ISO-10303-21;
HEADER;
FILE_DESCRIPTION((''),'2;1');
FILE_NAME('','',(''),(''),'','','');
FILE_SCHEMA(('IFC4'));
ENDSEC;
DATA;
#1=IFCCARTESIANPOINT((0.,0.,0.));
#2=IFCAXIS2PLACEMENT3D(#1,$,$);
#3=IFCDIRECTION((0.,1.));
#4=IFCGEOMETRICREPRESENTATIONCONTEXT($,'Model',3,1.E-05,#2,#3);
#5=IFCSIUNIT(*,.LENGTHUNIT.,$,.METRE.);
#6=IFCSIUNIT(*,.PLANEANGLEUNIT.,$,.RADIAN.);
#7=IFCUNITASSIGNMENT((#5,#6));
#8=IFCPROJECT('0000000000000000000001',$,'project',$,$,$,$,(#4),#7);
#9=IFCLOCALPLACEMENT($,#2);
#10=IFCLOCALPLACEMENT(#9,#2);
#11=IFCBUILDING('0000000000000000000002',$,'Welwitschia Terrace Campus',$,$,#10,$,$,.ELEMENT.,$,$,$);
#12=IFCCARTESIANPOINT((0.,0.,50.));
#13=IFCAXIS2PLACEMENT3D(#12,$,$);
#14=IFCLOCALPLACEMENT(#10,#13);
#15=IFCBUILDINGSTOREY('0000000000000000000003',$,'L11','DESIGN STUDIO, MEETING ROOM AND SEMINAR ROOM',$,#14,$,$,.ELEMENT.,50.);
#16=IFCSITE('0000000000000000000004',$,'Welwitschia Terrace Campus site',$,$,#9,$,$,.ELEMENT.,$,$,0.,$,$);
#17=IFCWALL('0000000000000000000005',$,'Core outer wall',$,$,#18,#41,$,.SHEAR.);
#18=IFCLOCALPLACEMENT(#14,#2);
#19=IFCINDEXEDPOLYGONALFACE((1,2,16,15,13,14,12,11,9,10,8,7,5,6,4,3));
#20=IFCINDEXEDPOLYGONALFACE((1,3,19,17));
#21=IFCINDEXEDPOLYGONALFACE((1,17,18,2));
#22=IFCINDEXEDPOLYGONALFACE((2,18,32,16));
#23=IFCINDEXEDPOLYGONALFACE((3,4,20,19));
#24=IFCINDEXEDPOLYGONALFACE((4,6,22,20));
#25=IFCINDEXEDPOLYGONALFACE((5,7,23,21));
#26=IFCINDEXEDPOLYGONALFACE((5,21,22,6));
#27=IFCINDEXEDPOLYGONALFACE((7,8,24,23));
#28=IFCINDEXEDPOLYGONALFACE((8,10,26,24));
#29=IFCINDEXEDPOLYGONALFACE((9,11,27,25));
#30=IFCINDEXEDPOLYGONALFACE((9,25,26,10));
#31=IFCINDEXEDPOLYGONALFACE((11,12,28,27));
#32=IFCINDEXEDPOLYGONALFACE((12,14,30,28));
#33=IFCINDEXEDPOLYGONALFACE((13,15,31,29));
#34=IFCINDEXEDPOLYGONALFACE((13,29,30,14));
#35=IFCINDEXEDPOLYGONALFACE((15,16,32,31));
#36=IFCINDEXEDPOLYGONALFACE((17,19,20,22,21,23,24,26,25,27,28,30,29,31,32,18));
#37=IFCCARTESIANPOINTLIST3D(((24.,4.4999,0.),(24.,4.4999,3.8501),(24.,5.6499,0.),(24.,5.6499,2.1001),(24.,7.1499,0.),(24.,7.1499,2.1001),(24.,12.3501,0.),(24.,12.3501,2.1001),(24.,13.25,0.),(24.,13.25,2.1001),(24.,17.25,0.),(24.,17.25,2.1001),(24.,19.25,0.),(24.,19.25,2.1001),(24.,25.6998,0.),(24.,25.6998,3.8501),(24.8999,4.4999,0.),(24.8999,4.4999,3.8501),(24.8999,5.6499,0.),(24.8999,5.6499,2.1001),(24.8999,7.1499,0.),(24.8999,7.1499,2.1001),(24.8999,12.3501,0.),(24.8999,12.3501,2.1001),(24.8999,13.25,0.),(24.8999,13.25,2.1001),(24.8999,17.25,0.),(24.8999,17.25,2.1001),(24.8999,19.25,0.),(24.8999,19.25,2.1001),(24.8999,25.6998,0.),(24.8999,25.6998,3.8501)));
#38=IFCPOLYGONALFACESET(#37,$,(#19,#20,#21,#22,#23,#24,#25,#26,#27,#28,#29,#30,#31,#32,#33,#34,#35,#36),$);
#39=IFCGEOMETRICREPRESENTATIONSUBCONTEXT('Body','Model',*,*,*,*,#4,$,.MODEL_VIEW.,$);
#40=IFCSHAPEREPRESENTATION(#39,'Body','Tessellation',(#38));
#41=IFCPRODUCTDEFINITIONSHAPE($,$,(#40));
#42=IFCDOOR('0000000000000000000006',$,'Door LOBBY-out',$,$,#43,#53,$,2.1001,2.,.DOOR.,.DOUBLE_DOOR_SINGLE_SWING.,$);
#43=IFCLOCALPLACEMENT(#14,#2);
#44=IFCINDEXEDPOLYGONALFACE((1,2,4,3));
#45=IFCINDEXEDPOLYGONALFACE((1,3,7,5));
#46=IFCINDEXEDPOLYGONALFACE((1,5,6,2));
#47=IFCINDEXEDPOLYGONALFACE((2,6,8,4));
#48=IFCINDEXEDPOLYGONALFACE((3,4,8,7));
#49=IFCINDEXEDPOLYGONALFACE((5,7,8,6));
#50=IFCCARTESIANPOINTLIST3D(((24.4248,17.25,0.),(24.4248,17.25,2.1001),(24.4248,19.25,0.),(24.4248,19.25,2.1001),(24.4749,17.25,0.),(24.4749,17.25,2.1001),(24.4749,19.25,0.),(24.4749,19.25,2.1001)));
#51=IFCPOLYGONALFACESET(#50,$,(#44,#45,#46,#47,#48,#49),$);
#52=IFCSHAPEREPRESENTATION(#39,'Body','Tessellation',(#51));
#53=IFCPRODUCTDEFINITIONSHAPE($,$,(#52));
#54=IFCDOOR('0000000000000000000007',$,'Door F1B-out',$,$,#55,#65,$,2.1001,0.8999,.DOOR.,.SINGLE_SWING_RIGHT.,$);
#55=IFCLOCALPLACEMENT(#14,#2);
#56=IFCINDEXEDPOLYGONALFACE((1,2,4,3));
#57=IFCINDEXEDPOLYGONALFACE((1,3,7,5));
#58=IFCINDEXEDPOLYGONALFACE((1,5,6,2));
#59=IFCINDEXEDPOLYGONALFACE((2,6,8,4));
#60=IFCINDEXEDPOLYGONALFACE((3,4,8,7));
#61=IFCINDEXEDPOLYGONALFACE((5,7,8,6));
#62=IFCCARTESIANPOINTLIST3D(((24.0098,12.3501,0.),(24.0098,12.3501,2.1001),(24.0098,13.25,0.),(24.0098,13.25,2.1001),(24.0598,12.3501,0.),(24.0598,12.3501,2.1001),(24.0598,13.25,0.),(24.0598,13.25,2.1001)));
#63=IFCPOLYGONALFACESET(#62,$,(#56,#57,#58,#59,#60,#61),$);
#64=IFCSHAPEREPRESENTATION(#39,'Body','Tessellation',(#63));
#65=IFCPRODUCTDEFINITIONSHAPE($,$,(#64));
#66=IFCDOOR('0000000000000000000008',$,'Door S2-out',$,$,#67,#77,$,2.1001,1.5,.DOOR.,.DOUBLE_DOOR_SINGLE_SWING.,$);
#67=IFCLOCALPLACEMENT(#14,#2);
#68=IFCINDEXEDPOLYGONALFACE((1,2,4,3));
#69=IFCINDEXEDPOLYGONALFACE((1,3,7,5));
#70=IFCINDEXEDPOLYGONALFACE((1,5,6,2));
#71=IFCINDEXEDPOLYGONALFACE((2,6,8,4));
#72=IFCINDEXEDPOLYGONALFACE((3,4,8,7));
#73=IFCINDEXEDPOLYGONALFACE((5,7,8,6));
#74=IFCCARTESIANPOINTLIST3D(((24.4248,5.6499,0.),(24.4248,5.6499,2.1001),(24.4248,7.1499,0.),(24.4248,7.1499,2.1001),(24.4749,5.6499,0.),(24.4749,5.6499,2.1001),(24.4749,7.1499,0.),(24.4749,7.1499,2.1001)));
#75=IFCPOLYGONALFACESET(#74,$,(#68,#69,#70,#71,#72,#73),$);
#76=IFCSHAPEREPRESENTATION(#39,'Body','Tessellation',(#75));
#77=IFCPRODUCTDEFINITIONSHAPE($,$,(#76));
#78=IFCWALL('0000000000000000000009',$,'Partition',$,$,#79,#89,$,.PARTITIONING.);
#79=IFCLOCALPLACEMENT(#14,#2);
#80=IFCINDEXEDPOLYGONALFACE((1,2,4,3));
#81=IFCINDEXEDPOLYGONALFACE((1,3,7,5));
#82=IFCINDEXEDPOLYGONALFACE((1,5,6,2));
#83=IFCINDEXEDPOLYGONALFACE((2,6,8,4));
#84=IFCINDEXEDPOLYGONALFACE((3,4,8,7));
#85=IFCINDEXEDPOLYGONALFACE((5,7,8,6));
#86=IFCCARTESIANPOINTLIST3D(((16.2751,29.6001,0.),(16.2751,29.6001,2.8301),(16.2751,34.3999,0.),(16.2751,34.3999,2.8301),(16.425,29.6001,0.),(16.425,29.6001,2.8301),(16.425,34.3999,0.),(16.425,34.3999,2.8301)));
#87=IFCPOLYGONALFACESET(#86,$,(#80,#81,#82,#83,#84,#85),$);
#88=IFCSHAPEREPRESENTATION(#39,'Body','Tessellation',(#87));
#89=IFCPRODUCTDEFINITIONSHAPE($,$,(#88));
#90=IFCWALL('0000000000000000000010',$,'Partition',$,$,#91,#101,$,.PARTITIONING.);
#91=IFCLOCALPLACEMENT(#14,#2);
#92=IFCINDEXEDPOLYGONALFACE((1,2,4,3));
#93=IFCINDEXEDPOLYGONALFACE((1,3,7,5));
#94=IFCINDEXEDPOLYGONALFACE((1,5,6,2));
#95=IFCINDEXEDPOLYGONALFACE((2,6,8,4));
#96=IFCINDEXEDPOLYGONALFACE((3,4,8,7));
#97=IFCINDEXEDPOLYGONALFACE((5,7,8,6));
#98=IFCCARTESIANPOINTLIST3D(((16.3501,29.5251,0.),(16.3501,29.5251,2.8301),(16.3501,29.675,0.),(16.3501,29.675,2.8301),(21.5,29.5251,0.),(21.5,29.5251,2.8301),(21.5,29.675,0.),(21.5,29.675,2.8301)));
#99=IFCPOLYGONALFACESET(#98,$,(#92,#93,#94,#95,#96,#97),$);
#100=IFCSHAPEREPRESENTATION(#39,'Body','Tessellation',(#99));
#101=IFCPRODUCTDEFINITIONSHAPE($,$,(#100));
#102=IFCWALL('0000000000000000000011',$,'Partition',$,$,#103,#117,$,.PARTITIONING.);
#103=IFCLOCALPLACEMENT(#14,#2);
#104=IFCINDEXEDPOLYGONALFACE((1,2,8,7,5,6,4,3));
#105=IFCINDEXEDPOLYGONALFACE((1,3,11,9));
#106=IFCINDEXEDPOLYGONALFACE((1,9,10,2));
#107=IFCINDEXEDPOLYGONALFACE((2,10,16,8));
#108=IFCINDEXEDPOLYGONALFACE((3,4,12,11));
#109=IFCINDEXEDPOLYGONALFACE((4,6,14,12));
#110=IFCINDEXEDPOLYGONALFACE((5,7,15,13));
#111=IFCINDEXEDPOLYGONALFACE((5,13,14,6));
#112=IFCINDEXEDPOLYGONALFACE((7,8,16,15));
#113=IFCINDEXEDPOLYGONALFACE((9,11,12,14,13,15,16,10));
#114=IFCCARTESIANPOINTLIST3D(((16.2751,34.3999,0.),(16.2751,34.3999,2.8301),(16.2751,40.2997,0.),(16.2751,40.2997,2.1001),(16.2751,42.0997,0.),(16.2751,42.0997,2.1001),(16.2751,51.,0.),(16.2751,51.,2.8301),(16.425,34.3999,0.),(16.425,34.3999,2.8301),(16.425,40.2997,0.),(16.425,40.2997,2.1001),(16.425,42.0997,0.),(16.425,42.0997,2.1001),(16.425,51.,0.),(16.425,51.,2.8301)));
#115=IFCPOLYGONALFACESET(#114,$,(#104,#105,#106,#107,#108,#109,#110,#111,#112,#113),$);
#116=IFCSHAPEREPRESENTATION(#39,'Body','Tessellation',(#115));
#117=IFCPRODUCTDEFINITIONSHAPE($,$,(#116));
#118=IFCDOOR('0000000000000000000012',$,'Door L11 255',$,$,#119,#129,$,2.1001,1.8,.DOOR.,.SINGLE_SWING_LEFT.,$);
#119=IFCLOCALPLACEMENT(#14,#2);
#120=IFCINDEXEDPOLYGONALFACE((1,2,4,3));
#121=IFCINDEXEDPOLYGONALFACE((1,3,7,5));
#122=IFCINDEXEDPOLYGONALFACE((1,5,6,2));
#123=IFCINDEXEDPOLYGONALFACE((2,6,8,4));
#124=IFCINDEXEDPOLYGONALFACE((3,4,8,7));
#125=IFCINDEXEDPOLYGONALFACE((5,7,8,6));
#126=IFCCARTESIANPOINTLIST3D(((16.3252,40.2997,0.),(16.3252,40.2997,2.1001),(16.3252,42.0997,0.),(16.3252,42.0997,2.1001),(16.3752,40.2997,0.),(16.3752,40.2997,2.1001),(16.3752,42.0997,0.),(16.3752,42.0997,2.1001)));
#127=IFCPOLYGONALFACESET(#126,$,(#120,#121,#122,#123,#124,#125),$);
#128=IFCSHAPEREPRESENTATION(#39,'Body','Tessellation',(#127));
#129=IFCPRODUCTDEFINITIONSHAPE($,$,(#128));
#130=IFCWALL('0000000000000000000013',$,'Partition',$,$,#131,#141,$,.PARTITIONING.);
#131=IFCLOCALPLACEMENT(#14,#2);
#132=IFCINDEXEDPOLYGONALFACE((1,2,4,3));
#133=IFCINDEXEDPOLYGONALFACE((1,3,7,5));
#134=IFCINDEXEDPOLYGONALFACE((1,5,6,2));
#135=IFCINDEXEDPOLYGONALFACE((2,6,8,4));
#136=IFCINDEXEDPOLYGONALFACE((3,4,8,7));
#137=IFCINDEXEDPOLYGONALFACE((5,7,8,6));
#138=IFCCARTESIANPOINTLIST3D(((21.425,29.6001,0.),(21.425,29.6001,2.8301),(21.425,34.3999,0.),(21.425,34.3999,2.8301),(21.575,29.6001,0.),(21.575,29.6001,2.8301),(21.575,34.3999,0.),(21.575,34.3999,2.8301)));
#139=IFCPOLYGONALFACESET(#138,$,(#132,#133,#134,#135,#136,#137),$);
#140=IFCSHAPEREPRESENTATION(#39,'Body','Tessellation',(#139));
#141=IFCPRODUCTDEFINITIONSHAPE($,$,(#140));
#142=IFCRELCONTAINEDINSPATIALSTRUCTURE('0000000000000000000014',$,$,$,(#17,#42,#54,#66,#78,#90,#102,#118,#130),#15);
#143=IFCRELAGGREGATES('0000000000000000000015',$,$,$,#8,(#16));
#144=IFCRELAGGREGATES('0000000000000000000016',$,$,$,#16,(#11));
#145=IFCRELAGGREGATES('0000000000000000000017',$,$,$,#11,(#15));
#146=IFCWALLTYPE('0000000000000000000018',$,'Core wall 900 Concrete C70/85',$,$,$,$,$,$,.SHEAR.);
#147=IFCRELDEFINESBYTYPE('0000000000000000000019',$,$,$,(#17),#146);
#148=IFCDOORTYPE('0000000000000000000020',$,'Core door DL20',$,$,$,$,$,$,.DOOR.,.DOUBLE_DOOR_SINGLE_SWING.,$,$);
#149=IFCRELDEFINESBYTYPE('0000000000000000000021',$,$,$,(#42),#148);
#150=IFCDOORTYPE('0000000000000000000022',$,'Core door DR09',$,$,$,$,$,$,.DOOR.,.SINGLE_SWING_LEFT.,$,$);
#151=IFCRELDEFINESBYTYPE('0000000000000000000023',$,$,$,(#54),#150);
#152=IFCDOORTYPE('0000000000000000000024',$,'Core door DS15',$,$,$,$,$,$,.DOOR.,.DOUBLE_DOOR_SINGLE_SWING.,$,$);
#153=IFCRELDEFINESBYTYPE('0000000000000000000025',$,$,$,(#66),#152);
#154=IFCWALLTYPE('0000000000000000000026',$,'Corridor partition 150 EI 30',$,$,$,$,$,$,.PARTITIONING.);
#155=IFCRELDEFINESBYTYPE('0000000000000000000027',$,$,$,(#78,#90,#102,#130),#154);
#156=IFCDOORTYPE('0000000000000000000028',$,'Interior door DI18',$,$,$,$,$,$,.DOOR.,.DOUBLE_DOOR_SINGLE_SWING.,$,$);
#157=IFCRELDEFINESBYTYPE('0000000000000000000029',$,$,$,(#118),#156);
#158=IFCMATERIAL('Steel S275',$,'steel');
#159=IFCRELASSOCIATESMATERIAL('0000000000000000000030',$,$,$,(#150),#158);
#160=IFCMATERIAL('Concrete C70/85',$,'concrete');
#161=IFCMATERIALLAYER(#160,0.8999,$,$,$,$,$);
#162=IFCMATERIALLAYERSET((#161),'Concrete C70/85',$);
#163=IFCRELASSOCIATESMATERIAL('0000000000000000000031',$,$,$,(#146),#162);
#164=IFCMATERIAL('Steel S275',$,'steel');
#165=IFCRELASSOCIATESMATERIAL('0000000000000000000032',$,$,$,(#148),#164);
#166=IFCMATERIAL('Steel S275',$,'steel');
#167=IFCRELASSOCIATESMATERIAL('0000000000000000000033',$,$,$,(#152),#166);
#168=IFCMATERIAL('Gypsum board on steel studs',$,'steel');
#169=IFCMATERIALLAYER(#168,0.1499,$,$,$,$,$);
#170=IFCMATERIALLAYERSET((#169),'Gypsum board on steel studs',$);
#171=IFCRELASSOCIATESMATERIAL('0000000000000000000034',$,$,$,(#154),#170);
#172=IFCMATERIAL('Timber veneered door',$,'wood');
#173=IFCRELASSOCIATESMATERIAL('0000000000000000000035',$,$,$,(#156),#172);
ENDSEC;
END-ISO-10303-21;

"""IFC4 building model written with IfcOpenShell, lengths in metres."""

from ifc_helpers import new_model, si_unit, direction, frame, frame_2d, origin, place, context, subcontext, project, spatial, rectangle, extrude, material, layer, layer_set, type_object, element, fill, save


model = new_model("IFC4")

# Units and contexts
model_context = context("Model", 3, precision=1e-05, world=origin(), true_north=direction((0.0, 1.0)))
body_context = subcontext(model_context, "Body", "Model", "MODEL_VIEW")
ifc_project = project(units=[si_unit("LENGTHUNIT", "METRE"), si_unit("PLANEANGLEUNIT", "RADIAN")], contexts=[model_context])

# Site, building, storey
site_placement = place(None, origin())
site = spatial("IfcSite", under=ifc_project, at=site_placement, Name="Welwitschia Terrace Campus site", CompositionType="ELEMENT", RefElevation=0.0)
building_placement = place(site_placement, origin())
building = spatial("IfcBuilding", under=site, at=building_placement, Name="Welwitschia Terrace Campus", CompositionType="ELEMENT")
storey_placement = place(building_placement, frame((0.0, 0.0, 50.0)))
storey = spatial("IfcBuildingStorey", under=building, at=storey_placement, Name="L11", Description="DESIGN STUDIO, MEETING ROOM AND SEMINAR ROOM", CompositionType="ELEMENT", Elevation=50.0)

# Shared definitions
ifc_material_1 = material(Name="Steel S275", Category="steel")
door_type_1 = type_object("IfcDoorType", Name="Core door DR09", OperationType="SINGLE_SWING_LEFT", PredefinedType="DOOR", material=ifc_material_1)

# Wall, openings, doors
ifc_material_2 = material(Name="Concrete C70/85", Category="concrete")
ifc_layer_1 = layer(ifc_material_2, 0.8999)
ifc_layer_set_1 = layer_set([ifc_layer_1], Name="Concrete C70/85")
wall_type_1 = type_object("IfcWallType", Name="Core wall 900 Concrete C70/85", PredefinedType="SHEAR", material=ifc_layer_set_1)
wall_1_placement = place(storey_placement, frame((24.45, 25.7, 0.0), z_axis=(0.0, 0.0, 1.0), x_axis=(0.0, -1.0, 0.0)))
wall_1 = element("IfcWall", 1, at=wall_1_placement, inside=storey, type_object=wall_type_1, Name="Core outer wall", PredefinedType="SHEAR", context=body_context, shape_type="SweptSolid", body=[
    extrude(rectangle(XDim=21.2, YDim=0.8999, at=frame_2d((10.6001, 0.0))), origin(), (0.0, 0.0, 1.0), 3.8501),
])
opening_1_placement = place(wall_1_placement, frame((18.55, 0.0, 0.0)))
opening_1 = element("IfcOpeningElement", 2, at=opening_1_placement, cuts=wall_1, PredefinedType="OPENING", context=body_context, shape_type="SweptSolid", body=[
    extrude(rectangle(XDim=1.5, YDim=2.1001, at=frame_2d((0.75, 1.05))), frame((0.0, 0.46, 0.0), z_axis=(0.0, -1.0, 0.0), x_axis=(1.0, 0.0, 0.0)), (0.0, 0.0, 1.0), 0.9199),
])
opening_2_placement = place(wall_1_placement, frame((12.45, 0.0, 0.0)))
opening_2 = element("IfcOpeningElement", 3, at=opening_2_placement, cuts=wall_1, PredefinedType="OPENING", context=body_context, shape_type="SweptSolid", body=[
    extrude(rectangle(XDim=0.8999, YDim=2.1001, at=frame_2d((0.45, 1.05))), frame((0.0, 0.46, 0.0), z_axis=(0.0, -1.0, 0.0), x_axis=(1.0, 0.0, 0.0)), (0.0, 0.0, 1.0), 0.9199),
])
opening_3_placement = place(wall_1_placement, frame((6.45, 0.0, 0.0)))
opening_3 = element("IfcOpeningElement", 4, at=opening_3_placement, cuts=wall_1, PredefinedType="OPENING", context=body_context, shape_type="SweptSolid", body=[
    extrude(rectangle(XDim=2.0, YDim=2.1001, at=frame_2d((1.0, 1.05))), frame((0.0, 0.46, 0.0), z_axis=(0.0, -1.0, 0.0), x_axis=(1.0, 0.0, 0.0)), (0.0, 0.0, 1.0), 0.9199),
])
ifc_material_3 = material(Name="Steel S275", Category="steel")
door_type_2 = type_object("IfcDoorType", Name="Core door DL20", OperationType="DOUBLE_DOOR_SINGLE_SWING", PredefinedType="DOOR", material=ifc_material_3)
door_1_placement = place(opening_3_placement, origin())
door_1 = element("IfcDoor", 5, at=door_1_placement, inside=storey, type_object=door_type_2, Name="Door LOBBY-out", OperationType="DOUBLE_DOOR_SINGLE_SWING", OverallHeight=2.1001, OverallWidth=2.0, PredefinedType="DOOR", context=body_context, shape_type="SweptSolid", body=[
    extrude(rectangle(XDim=2.0, YDim=2.1001, at=frame_2d((1.0, 1.05))), frame((0.0, 0.0249, 0.0), z_axis=(0.0, -1.0, 0.0), x_axis=(1.0, 0.0, 0.0)), (0.0, 0.0, 1.0), 0.05),
])
fill(opening_3, door_1)
door_2_placement = place(opening_2_placement, origin())
door_2 = element("IfcDoor", 6, at=door_2_placement, inside=storey, type_object=door_type_1, Name="Door F1B-out", OperationType="SINGLE_SWING_RIGHT", OverallHeight=2.1001, OverallWidth=0.8999, PredefinedType="DOOR", context=body_context, shape_type="SweptSolid", body=[
    extrude(rectangle(XDim=0.8999, YDim=2.1001, at=frame_2d((0.45, 1.05))), frame((0.0, -0.3901, 0.0), z_axis=(0.0, -1.0, 0.0), x_axis=(1.0, 0.0, 0.0)), (0.0, 0.0, 1.0), 0.05),
])
fill(opening_2, door_2)
ifc_material_4 = material(Name="Steel S275", Category="steel")
door_type_3 = type_object("IfcDoorType", Name="Core door DS15", OperationType="DOUBLE_DOOR_SINGLE_SWING", PredefinedType="DOOR", material=ifc_material_4)
door_3_placement = place(opening_1_placement, origin())
door_3 = element("IfcDoor", 7, at=door_3_placement, inside=storey, type_object=door_type_3, Name="Door S2-out", OperationType="DOUBLE_DOOR_SINGLE_SWING", OverallHeight=2.1001, OverallWidth=1.5, PredefinedType="DOOR", context=body_context, shape_type="SweptSolid", body=[
    extrude(rectangle(XDim=1.5, YDim=2.1001, at=frame_2d((0.75, 1.05))), frame((0.0, 0.0249, 0.0), z_axis=(0.0, -1.0, 0.0), x_axis=(1.0, 0.0, 0.0)), (0.0, 0.0, 1.0), 0.05),
])
fill(opening_1, door_3)

# Walls
ifc_material_5 = material(Name="Gypsum board on steel studs", Category="steel")
ifc_layer_2 = layer(ifc_material_5, 0.1499)
ifc_layer_set_2 = layer_set([ifc_layer_2], Name="Gypsum board on steel studs")
wall_type_2 = type_object("IfcWallType", Name="Corridor partition 150 EI 30", PredefinedType="PARTITIONING", material=ifc_layer_set_2)
wall_2_placement = place(storey_placement, frame((16.3501, 29.6001, 0.0), z_axis=(0.0, 0.0, 1.0), x_axis=(0.0, 1.0, 0.0)))
element("IfcWall", 8, at=wall_2_placement, inside=storey, type_object=wall_type_2, Name="Partition", PredefinedType="PARTITIONING", context=body_context, shape_type="SweptSolid", body=[
    extrude(rectangle(XDim=4.7998, YDim=0.1499, at=frame_2d((2.3999, 0.0))), origin(), (0.0, 0.0, 1.0), 2.8301),
])
wall_3_placement = place(storey_placement, frame((16.3501, 29.6001, 0.0), z_axis=(0.0, 0.0, 1.0), x_axis=(1.0, 0.0, 0.0)))
element("IfcWall", 9, at=wall_3_placement, inside=storey, type_object=wall_type_2, Name="Partition", PredefinedType="PARTITIONING", context=body_context, shape_type="SweptSolid", body=[
    extrude(rectangle(XDim=5.1499, YDim=0.1499, at=frame_2d((2.575, 0.0))), origin(), (0.0, 0.0, 1.0), 2.8301),
])

# Wall, opening, door
wall_4_placement = place(storey_placement, frame((16.3501, 34.3999, 0.0), z_axis=(0.0, 0.0, 1.0), x_axis=(0.0, 1.0, 0.0)))
wall_4 = element("IfcWall", 10, at=wall_4_placement, inside=storey, type_object=wall_type_2, Name="Partition", PredefinedType="PARTITIONING", context=body_context, shape_type="SweptSolid", body=[
    extrude(rectangle(XDim=16.6001, YDim=0.1499, at=frame_2d((8.3, 0.0))), origin(), (0.0, 0.0, 1.0), 2.8301),
])
opening_4_placement = place(wall_4_placement, frame((5.8999, 0.0, 0.0)))
opening_4 = element("IfcOpeningElement", 11, at=opening_4_placement, cuts=wall_4, PredefinedType="OPENING", context=body_context, shape_type="SweptSolid", body=[
    extrude(rectangle(XDim=1.8, YDim=2.1001, at=frame_2d((0.8999, 1.05))), frame((0.0, 0.085, 0.0), z_axis=(0.0, -1.0, 0.0), x_axis=(1.0, 0.0, 0.0)), (0.0, 0.0, 1.0), 0.1699),
])
ifc_material_6 = material(Name="Timber veneered door", Category="wood")
door_type_4 = type_object("IfcDoorType", Name="Interior door DI18", OperationType="DOUBLE_DOOR_SINGLE_SWING", PredefinedType="DOOR", material=ifc_material_6)
door_4_placement = place(opening_4_placement, origin())
door_4 = element("IfcDoor", 12, at=door_4_placement, inside=storey, type_object=door_type_4, Name="Door L11 255", OperationType="SINGLE_SWING_LEFT", OverallHeight=2.1001, OverallWidth=1.8, PredefinedType="DOOR", context=body_context, shape_type="SweptSolid", body=[
    extrude(rectangle(XDim=1.8, YDim=2.1001, at=frame_2d((0.8999, 1.05))), frame((0.0, 0.0249, 0.0), z_axis=(0.0, -1.0, 0.0), x_axis=(1.0, 0.0, 0.0)), (0.0, 0.0, 1.0), 0.05),
])
fill(opening_4, door_4)

# Wall
wall_5_placement = place(storey_placement, frame((21.5, 29.6001, 0.0), z_axis=(0.0, 0.0, 1.0), x_axis=(0.0, 1.0, 0.0)))
element("IfcWall", 13, at=wall_5_placement, inside=storey, type_object=wall_type_2, Name="Partition", PredefinedType="PARTITIONING", context=body_context, shape_type="SweptSolid", body=[
    extrude(rectangle(XDim=4.7998, YDim=0.1499, at=frame_2d((2.3999, 0.0))), origin(), (0.0, 0.0, 1.0), 2.8301),
])

save(model, "model.ifc")
